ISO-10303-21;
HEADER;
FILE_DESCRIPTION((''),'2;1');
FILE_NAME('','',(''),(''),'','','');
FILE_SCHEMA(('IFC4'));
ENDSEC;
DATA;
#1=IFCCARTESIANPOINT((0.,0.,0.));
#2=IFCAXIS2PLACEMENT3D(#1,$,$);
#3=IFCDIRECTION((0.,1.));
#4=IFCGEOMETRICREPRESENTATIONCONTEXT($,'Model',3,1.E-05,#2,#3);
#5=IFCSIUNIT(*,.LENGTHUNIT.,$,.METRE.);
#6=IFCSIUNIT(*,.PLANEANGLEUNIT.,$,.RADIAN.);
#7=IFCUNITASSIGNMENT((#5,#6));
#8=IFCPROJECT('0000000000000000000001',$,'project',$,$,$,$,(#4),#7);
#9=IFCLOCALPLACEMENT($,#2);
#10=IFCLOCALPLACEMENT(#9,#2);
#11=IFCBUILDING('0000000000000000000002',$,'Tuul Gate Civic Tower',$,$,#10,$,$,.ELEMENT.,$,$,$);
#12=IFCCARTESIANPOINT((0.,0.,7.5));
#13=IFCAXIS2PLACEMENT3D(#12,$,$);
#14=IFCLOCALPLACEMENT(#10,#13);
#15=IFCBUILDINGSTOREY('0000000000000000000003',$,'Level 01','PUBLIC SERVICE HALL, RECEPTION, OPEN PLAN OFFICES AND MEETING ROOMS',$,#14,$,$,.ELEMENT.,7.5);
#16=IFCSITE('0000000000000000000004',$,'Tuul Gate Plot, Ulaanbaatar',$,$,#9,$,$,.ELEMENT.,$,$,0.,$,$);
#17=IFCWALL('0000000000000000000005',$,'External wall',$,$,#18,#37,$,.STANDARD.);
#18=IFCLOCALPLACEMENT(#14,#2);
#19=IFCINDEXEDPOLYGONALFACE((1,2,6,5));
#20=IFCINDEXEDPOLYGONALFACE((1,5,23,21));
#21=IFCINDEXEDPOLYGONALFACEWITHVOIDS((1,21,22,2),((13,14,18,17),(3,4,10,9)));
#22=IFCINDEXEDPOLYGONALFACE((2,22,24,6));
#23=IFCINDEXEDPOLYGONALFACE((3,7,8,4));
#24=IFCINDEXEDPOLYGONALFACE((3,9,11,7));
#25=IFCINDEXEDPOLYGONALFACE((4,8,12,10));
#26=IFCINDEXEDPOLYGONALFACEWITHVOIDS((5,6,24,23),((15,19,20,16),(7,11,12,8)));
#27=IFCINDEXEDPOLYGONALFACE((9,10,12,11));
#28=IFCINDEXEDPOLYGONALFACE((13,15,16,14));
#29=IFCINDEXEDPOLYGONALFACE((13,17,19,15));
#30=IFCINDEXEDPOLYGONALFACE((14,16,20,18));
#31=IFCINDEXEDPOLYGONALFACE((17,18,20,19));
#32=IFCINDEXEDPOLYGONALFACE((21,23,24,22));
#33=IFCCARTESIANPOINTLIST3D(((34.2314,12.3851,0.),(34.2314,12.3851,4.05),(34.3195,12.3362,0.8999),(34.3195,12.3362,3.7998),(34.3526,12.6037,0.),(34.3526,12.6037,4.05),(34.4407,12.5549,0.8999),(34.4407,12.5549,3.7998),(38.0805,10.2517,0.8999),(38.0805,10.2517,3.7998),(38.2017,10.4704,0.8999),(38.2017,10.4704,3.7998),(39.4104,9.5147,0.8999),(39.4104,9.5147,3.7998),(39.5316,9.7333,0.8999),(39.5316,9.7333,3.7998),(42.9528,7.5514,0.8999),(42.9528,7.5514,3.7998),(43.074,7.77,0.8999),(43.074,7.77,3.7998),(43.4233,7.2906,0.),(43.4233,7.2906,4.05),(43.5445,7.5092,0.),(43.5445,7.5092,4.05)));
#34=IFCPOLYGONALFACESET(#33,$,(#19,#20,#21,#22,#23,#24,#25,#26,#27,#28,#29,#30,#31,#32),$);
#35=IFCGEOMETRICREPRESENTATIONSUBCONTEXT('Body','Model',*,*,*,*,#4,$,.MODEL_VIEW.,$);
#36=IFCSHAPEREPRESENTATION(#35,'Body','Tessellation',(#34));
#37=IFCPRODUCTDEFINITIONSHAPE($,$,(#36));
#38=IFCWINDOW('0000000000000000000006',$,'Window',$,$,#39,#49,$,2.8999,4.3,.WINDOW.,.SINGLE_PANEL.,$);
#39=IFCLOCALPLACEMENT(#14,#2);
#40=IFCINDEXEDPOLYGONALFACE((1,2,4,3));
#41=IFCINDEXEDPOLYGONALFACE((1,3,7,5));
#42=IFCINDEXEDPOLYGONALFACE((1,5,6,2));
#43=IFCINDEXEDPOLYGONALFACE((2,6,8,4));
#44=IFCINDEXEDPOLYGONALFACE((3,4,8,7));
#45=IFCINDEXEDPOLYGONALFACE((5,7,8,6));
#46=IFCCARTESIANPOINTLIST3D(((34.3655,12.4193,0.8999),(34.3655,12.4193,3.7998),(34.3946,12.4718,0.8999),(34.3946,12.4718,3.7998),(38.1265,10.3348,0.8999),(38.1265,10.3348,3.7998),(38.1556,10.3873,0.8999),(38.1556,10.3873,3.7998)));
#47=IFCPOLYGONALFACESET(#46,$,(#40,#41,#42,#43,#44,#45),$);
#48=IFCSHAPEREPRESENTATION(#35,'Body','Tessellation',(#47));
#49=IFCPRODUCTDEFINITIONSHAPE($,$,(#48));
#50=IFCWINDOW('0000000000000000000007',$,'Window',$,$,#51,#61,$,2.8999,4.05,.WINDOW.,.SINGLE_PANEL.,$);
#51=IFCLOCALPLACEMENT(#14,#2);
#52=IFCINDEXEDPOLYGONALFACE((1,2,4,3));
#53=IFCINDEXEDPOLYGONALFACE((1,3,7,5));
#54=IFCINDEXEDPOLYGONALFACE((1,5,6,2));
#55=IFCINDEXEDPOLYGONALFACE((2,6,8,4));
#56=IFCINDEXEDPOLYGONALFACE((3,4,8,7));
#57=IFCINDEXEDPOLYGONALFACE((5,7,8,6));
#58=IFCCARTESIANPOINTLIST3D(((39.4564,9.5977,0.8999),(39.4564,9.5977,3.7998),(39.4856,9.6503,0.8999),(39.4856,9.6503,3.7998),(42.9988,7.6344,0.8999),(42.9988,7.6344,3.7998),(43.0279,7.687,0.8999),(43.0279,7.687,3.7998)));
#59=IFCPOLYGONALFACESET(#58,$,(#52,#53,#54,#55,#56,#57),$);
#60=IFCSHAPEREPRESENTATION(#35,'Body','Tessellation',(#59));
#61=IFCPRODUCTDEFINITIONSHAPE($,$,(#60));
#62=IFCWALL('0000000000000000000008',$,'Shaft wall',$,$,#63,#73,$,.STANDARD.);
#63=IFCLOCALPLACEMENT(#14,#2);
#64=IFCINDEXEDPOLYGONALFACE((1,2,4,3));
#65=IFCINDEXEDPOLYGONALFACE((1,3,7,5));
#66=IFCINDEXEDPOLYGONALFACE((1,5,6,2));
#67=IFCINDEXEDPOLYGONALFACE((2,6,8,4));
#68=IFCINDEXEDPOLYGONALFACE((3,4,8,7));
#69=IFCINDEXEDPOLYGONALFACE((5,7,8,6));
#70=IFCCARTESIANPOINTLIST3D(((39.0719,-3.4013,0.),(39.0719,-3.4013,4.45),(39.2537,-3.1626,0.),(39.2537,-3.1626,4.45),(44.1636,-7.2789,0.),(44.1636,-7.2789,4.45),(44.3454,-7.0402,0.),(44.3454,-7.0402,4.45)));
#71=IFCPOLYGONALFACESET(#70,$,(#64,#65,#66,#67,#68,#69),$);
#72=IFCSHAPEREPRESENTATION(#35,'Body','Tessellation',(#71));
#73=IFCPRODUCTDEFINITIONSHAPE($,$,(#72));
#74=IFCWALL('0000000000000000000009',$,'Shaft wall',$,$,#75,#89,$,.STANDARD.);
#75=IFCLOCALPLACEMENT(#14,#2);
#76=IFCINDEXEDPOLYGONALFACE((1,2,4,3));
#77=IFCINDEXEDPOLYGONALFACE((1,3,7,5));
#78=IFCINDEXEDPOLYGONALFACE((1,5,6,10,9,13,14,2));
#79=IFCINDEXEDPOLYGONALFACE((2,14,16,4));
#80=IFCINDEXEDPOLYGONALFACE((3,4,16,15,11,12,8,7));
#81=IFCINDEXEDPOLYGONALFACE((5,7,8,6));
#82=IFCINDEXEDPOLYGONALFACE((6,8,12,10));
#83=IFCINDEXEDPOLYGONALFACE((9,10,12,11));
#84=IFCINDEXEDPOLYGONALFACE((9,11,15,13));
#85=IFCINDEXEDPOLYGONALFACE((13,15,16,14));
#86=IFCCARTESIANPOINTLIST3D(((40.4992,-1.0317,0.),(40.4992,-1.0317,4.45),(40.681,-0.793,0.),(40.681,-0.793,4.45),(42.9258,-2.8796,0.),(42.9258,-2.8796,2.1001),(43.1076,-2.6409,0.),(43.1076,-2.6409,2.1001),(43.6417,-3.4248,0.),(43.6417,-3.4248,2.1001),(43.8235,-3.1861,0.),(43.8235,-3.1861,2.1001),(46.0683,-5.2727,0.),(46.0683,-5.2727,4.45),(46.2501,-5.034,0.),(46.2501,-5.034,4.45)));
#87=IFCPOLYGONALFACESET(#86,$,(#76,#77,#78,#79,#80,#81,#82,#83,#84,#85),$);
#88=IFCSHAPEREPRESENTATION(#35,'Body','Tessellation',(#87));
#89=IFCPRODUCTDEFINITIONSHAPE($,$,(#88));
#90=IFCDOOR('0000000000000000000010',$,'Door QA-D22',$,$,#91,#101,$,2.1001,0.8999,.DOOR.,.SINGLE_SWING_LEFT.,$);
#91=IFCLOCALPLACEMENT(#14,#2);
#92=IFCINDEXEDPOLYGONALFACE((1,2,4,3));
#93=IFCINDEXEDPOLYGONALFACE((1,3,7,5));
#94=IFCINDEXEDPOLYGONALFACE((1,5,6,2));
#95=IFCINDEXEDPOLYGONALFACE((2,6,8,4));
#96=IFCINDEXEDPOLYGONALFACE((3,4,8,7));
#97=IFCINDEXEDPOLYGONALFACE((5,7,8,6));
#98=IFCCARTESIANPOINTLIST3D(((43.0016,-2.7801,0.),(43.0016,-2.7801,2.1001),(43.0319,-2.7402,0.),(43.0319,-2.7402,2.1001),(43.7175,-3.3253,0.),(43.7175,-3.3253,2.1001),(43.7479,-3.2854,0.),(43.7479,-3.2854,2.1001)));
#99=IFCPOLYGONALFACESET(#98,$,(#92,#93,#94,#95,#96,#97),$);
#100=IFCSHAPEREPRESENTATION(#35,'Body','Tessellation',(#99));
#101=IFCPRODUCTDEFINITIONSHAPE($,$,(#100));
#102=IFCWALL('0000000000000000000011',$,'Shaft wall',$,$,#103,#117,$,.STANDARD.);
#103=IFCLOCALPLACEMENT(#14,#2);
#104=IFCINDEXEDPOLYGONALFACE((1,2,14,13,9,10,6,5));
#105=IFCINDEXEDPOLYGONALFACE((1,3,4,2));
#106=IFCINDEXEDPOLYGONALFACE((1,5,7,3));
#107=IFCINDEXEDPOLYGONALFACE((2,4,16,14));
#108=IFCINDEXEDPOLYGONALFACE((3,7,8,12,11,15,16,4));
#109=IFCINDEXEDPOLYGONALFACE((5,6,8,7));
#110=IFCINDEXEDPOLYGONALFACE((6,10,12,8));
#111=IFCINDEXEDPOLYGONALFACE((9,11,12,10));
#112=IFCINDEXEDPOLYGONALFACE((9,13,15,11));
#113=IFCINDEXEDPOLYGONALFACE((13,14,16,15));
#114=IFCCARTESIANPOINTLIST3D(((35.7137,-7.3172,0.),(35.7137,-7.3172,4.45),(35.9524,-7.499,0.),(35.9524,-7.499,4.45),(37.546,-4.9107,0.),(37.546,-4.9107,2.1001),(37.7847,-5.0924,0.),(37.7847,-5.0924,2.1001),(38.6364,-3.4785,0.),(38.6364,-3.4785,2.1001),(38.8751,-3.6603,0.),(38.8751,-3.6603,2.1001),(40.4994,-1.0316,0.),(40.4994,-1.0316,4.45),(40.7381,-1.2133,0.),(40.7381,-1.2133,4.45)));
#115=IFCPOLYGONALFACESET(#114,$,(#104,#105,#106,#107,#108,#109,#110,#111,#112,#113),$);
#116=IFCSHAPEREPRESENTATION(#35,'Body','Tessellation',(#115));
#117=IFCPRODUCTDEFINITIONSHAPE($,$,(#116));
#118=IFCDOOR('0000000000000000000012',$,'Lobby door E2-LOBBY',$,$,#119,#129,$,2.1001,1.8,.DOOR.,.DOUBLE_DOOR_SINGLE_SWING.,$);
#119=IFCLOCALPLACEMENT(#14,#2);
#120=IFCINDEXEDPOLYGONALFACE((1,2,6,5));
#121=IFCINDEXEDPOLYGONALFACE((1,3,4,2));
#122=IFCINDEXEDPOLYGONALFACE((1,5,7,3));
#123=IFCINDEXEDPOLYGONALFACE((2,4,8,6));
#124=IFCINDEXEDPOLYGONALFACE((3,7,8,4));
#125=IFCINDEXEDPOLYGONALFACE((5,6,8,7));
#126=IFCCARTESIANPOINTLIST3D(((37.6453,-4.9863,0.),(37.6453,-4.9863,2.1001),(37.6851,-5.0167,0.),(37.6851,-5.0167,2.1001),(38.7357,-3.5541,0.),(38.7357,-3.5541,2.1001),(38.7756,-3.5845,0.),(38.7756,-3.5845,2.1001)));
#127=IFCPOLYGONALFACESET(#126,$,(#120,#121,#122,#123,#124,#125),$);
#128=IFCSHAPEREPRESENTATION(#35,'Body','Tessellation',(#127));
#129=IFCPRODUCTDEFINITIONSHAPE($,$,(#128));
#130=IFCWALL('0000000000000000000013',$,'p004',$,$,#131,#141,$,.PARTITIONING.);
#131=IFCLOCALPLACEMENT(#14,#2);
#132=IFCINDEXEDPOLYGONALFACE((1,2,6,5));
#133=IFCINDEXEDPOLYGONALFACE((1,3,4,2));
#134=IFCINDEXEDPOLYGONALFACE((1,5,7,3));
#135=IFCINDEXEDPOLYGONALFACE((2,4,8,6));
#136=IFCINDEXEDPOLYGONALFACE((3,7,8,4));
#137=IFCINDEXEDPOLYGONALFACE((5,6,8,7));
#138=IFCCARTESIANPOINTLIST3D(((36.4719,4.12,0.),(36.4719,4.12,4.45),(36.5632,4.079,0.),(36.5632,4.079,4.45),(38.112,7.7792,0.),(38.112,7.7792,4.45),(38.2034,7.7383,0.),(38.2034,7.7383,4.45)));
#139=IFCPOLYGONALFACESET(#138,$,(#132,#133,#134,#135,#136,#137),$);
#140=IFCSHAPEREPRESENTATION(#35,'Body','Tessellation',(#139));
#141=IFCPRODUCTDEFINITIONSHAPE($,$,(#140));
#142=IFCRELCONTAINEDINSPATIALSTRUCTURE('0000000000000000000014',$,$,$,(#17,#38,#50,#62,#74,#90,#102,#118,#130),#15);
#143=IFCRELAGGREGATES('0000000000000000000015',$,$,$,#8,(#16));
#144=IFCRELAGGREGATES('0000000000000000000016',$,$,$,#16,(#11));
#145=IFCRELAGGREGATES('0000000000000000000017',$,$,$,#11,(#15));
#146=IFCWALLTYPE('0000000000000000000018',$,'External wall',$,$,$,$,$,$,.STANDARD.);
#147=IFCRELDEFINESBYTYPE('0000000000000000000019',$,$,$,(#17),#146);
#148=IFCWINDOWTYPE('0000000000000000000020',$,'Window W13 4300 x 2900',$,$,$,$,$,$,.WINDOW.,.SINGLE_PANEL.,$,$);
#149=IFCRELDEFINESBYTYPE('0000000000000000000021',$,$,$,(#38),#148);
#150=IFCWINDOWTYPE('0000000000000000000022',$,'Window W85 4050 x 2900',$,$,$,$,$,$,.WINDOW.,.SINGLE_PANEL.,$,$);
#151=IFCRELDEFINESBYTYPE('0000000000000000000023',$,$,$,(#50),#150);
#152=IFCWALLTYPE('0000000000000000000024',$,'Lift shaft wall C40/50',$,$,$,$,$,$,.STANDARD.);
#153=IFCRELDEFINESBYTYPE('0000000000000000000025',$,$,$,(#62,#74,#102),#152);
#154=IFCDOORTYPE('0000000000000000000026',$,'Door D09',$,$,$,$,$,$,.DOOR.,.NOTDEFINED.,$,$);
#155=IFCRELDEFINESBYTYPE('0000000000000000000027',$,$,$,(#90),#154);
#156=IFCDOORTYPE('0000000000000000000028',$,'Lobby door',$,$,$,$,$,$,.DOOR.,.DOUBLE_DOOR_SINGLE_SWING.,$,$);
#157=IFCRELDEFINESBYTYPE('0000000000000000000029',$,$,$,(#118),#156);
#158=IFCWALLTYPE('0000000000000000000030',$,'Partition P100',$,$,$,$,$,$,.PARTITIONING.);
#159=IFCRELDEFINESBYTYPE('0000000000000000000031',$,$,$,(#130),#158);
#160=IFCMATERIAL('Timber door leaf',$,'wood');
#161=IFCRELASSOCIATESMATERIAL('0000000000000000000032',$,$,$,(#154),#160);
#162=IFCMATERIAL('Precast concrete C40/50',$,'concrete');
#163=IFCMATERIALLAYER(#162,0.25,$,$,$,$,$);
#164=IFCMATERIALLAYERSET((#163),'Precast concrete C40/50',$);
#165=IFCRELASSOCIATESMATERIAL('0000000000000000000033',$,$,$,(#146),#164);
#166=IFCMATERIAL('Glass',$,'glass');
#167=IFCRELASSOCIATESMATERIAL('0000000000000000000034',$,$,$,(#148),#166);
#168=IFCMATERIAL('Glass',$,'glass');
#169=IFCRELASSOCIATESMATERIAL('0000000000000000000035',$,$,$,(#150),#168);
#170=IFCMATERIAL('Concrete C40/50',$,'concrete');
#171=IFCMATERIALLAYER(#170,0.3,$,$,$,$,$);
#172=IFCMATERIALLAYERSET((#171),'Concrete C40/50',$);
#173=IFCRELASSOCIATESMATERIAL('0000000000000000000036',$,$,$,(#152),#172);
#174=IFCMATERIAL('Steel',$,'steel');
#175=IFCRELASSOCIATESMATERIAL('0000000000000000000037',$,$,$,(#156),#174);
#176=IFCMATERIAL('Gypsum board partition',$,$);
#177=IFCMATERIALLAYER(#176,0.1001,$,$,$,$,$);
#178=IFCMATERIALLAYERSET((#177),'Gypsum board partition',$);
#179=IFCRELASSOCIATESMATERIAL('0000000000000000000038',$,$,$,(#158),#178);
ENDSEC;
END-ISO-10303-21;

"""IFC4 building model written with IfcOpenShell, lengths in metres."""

from ifc_helpers import new_model, si_unit, direction, frame, frame_2d, origin, place, context, subcontext, project, spatial, rectangle, extrude, material, layer, layer_set, type_object, element, fill, save


model = new_model("IFC4")

# Units and contexts
model_context = context("Model", 3, precision=1e-05, world=origin(), true_north=direction((0.0, 1.0)))
body_context = subcontext(model_context, "Body", "Model", "MODEL_VIEW")
ifc_project = project(units=[si_unit("LENGTHUNIT", "METRE"), si_unit("PLANEANGLEUNIT", "RADIAN")], contexts=[model_context])

# Site, building, storey
site_placement = place(None, origin())
site = spatial("IfcSite", under=ifc_project, at=site_placement, Name="Tuul Gate Plot, Ulaanbaatar", CompositionType="ELEMENT", RefElevation=0.0)
building_placement = place(site_placement, origin())
building = spatial("IfcBuilding", under=site, at=building_placement, Name="Tuul Gate Civic Tower", CompositionType="ELEMENT")
storey_placement = place(building_placement, frame((0.0, 0.0, 7.5)))
storey = spatial("IfcBuildingStorey", under=building, at=storey_placement, Name="Level 01", Description="PUBLIC SERVICE HALL, RECEPTION, OPEN PLAN OFFICES AND MEETING ROOMS", CompositionType="ELEMENT", Elevation=7.5)

# Shared definitions
ifc_material_1 = material(Name="Timber door leaf", Category="wood")
door_type_1 = type_object("IfcDoorType", Name="Door D09", OperationType="NOTDEFINED", PredefinedType="DOOR", material=ifc_material_1)

# Wall, openings, windows
ifc_material_2 = material(Name="Precast concrete C40/50", Category="concrete")
ifc_layer_1 = layer(ifc_material_2, 0.25)
ifc_layer_set_1 = layer_set([ifc_layer_1], Name="Precast concrete C40/50")
wall_type_1 = type_object("IfcWallType", Name="External wall", PredefinedType="STANDARD", material=ifc_layer_set_1)
ifc_material_3 = material(Name="Glass", Category="glass")
window_type_1 = type_object("IfcWindowType", Name="Window W13 4300 x 2900", PartitioningType="SINGLE_PANEL", PredefinedType="WINDOW", material=ifc_material_3)
wall_1_placement = place(storey_placement, frame((43.4839, 7.3999, 0.0), z_axis=(0.0, 0.0, 1.0), x_axis=(-0.874647, 0.484761, 0.0)))
wall_1 = element("IfcWall", 1, at=wall_1_placement, inside=storey, type_object=wall_type_1, Name="External wall", PredefinedType="STANDARD", context=body_context, shape_type="SweptSolid", body=[
    extrude(rectangle(XDim=10.5093, YDim=0.25, at=frame_2d((5.2546, 0.0))), origin(), (0.0, 0.0, 1.0), 4.05),
])
opening_1_placement = place(wall_1_placement, frame((0.5381, 0.0, 0.8999)))
opening_1 = element("IfcOpeningElement", 2, at=opening_1_placement, cuts=wall_1, PredefinedType="OPENING", context=body_context, shape_type="SweptSolid", body=[
    extrude(rectangle(XDim=4.05, YDim=2.8999, at=frame_2d((2.0249, 1.45))), frame((0.0, 0.135, 0.0), z_axis=(0.0, -1.0, 0.0), x_axis=(1.0, 0.0, 0.0)), (0.0, 0.0, 1.0), 0.27),
])
opening_2_placement = place(wall_1_placement, frame((6.1086, 0.0, 0.8999)))
opening_2 = element("IfcOpeningElement", 3, at=opening_2_placement, cuts=wall_1, PredefinedType="OPENING", context=body_context, shape_type="SweptSolid", body=[
    extrude(rectangle(XDim=4.3, YDim=2.8999, at=frame_2d((2.1499, 1.45))), frame((0.0, 0.135, 0.0), z_axis=(0.0, -1.0, 0.0), x_axis=(1.0, 0.0, 0.0)), (0.0, 0.0, 1.0), 0.27),
])
window_1_placement = place(opening_2_placement, origin())
window_1 = element("IfcWindow", 4, at=window_1_placement, inside=storey, type_object=window_type_1, Name="Window", OverallHeight=2.8999, OverallWidth=4.3, PartitioningType="SINGLE_PANEL", PredefinedType="WINDOW", context=body_context, shape_type="SweptSolid", body=[
    extrude(rectangle(XDim=4.3, YDim=2.8999, at=frame_2d((2.1499, 1.45))), frame((0.0, 0.03, 0.0), z_axis=(0.0, -1.0, 0.0), x_axis=(1.0, 0.0, 0.0)), (0.0, 0.0, 1.0), 0.0601),
])
fill(opening_2, window_1)
ifc_material_4 = material(Name="Glass", Category="glass")
window_type_2 = type_object("IfcWindowType", Name="Window W85 4050 x 2900", PartitioningType="SINGLE_PANEL", PredefinedType="WINDOW", material=ifc_material_4)
window_2_placement = place(opening_1_placement, origin())
window_2 = element("IfcWindow", 5, at=window_2_placement, inside=storey, type_object=window_type_2, Name="Window", OverallHeight=2.8999, OverallWidth=4.05, PartitioningType="SINGLE_PANEL", PredefinedType="WINDOW", context=body_context, shape_type="SweptSolid", body=[
    extrude(rectangle(XDim=4.05, YDim=2.8999, at=frame_2d((2.0249, 1.45))), frame((0.0, 0.03, 0.0), z_axis=(0.0, -1.0, 0.0), x_axis=(1.0, 0.0, 0.0)), (0.0, 0.0, 1.0), 0.0601),
])
fill(opening_1, window_2)

# Wall
ifc_material_5 = material(Name="Concrete C40/50", Category="concrete")
ifc_layer_2 = layer(ifc_material_5, 0.3)
ifc_layer_set_2 = layer_set([ifc_layer_2], Name="Concrete C40/50")
wall_type_2 = type_object("IfcWallType", Name="Lift shaft wall C40/50", PredefinedType="STANDARD", material=ifc_layer_set_2)
wall_2_placement = place(storey_placement, frame((44.2546, -7.1597, 0.0), z_axis=(0.0, 0.0, 1.0), x_axis=(-0.795566, 0.605867, 0.0)))
element("IfcWall", 6, at=wall_2_placement, inside=storey, type_object=wall_type_2, Name="Shaft wall", PredefinedType="STANDARD", context=body_context, shape_type="SweptSolid", body=[
    extrude(rectangle(XDim=6.4001, YDim=0.3, at=frame_2d((3.2002, 0.0))), origin(), (0.0, 0.0, 1.0), 4.45),
])

# Walls, openings, doors
wall_3_placement = place(storey_placement, frame((46.1592, -5.1533, 0.0), z_axis=(0.0, 0.0, 1.0), x_axis=(-0.79558, 0.605849, 0.0)))
wall_3 = element("IfcWall", 7, at=wall_3_placement, inside=storey, type_object=wall_type_2, Name="Shaft wall", PredefinedType="STANDARD", context=body_context, shape_type="SweptSolid", body=[
    extrude(rectangle(XDim=7.0, YDim=0.3, at=frame_2d((3.5, 0.0))), origin(), (0.0, 0.0, 1.0), 4.45),
])
opening_3_placement = place(wall_3_placement, frame((3.05, 0.0, 0.0)))
opening_3 = element("IfcOpeningElement", 8, at=opening_3_placement, cuts=wall_3, PredefinedType="OPENING", context=body_context, shape_type="SweptSolid", body=[
    extrude(rectangle(XDim=0.8999, YDim=2.1001, at=frame_2d((0.45, 1.05))), frame((0.0, 0.1602, 0.0), z_axis=(0.0, -1.0, 0.0), x_axis=(1.0, 0.0, 0.0)), (0.0, 0.0, 1.0), 0.3201),
])
door_1_placement = place(opening_3_placement, origin())
door_1 = element("IfcDoor", 9, at=door_1_placement, inside=storey, type_object=door_type_1, Name="Door QA-D22", OperationType="SINGLE_SWING_LEFT", OverallHeight=2.1001, OverallWidth=0.8999, PredefinedType="DOOR", context=body_context, shape_type="SweptSolid", body=[
    extrude(rectangle(XDim=0.8999, YDim=2.1001, at=frame_2d((0.45, 1.05))), frame((0.0, 0.0249, 0.0), z_axis=(0.0, -1.0, 0.0), x_axis=(1.0, 0.0, 0.0)), (0.0, 0.0, 1.0), 0.05),
])
fill(opening_3, door_1)
wall_4_placement = place(storey_placement, frame((35.833, -7.4082, 0.0), z_axis=(0.0, 0.0, 1.0), x_axis=(0.605769, 0.79564, 0.0)))
wall_4 = element("IfcWall", 10, at=wall_4_placement, inside=storey, type_object=wall_type_2, Name="Shaft wall", PredefinedType="STANDARD", context=body_context, shape_type="SweptSolid", body=[
    extrude(rectangle(XDim=7.9001, YDim=0.3, at=frame_2d((3.9502, 0.0))), origin(), (0.0, 0.0, 1.0), 4.45),
])
opening_4_placement = place(wall_4_placement, frame((3.0249, 0.0, 0.0)))
opening_4 = element("IfcOpeningElement", 11, at=opening_4_placement, cuts=wall_4, PredefinedType="OPENING", context=body_context, shape_type="SweptSolid", body=[
    extrude(rectangle(XDim=1.8, YDim=2.1001, at=frame_2d((0.8999, 1.05))), frame((0.0, 0.1602, 0.0), z_axis=(0.0, -1.0, 0.0), x_axis=(1.0, 0.0, 0.0)), (0.0, 0.0, 1.0), 0.3201),
])
ifc_material_6 = material(Name="Steel", Category="steel")
door_type_2 = type_object("IfcDoorType", Name="Lobby door", OperationType="DOUBLE_DOOR_SINGLE_SWING", PredefinedType="DOOR", material=ifc_material_6)
door_2_placement = place(opening_4_placement, frame((1.8, 0.0, 0.0), z_axis=(0.0, 0.0, 1.0), x_axis=(-1.0, 0.0, 0.0)))
door_2 = element("IfcDoor", 12, at=door_2_placement, inside=storey, type_object=door_type_2, Name="Lobby door E2-LOBBY", OperationType="DOUBLE_DOOR_SINGLE_SWING", OverallHeight=2.1001, OverallWidth=1.8, PredefinedType="DOOR", context=body_context, shape_type="SweptSolid", body=[
    extrude(rectangle(XDim=1.8, YDim=2.1001, at=frame_2d((0.9001, 1.05))), frame((0.0, 0.0249, 0.0), z_axis=(0.0, -1.0, 0.0), x_axis=(1.0, 0.0, 0.0)), (0.0, 0.0, 1.0), 0.05),
])
fill(opening_4, door_2)

# Wall
ifc_material_7 = material(Name="Gypsum board partition")
ifc_layer_3 = layer(ifc_material_7, 0.1001)
ifc_layer_set_3 = layer_set([ifc_layer_3], Name="Gypsum board partition")
wall_type_3 = type_object("IfcWallType", Name="Partition P100", PredefinedType="PARTITIONING", material=ifc_layer_set_3)
wall_5_placement = place(storey_placement, frame((36.5176, 4.0996, 0.0), z_axis=(0.0, 0.0, 1.0), x_axis=(0.409017, 0.912527, 0.0)))
element("IfcWall", 13, at=wall_5_placement, inside=storey, type_object=wall_type_3, Name="p004", PredefinedType="PARTITIONING", context=body_context, shape_type="SweptSolid", body=[
    extrude(rectangle(XDim=4.01, YDim=0.1001, at=frame_2d((2.0049, 0.0))), origin(), (0.0, 0.0, 1.0), 4.45),
])

save(model, "model.ifc")
